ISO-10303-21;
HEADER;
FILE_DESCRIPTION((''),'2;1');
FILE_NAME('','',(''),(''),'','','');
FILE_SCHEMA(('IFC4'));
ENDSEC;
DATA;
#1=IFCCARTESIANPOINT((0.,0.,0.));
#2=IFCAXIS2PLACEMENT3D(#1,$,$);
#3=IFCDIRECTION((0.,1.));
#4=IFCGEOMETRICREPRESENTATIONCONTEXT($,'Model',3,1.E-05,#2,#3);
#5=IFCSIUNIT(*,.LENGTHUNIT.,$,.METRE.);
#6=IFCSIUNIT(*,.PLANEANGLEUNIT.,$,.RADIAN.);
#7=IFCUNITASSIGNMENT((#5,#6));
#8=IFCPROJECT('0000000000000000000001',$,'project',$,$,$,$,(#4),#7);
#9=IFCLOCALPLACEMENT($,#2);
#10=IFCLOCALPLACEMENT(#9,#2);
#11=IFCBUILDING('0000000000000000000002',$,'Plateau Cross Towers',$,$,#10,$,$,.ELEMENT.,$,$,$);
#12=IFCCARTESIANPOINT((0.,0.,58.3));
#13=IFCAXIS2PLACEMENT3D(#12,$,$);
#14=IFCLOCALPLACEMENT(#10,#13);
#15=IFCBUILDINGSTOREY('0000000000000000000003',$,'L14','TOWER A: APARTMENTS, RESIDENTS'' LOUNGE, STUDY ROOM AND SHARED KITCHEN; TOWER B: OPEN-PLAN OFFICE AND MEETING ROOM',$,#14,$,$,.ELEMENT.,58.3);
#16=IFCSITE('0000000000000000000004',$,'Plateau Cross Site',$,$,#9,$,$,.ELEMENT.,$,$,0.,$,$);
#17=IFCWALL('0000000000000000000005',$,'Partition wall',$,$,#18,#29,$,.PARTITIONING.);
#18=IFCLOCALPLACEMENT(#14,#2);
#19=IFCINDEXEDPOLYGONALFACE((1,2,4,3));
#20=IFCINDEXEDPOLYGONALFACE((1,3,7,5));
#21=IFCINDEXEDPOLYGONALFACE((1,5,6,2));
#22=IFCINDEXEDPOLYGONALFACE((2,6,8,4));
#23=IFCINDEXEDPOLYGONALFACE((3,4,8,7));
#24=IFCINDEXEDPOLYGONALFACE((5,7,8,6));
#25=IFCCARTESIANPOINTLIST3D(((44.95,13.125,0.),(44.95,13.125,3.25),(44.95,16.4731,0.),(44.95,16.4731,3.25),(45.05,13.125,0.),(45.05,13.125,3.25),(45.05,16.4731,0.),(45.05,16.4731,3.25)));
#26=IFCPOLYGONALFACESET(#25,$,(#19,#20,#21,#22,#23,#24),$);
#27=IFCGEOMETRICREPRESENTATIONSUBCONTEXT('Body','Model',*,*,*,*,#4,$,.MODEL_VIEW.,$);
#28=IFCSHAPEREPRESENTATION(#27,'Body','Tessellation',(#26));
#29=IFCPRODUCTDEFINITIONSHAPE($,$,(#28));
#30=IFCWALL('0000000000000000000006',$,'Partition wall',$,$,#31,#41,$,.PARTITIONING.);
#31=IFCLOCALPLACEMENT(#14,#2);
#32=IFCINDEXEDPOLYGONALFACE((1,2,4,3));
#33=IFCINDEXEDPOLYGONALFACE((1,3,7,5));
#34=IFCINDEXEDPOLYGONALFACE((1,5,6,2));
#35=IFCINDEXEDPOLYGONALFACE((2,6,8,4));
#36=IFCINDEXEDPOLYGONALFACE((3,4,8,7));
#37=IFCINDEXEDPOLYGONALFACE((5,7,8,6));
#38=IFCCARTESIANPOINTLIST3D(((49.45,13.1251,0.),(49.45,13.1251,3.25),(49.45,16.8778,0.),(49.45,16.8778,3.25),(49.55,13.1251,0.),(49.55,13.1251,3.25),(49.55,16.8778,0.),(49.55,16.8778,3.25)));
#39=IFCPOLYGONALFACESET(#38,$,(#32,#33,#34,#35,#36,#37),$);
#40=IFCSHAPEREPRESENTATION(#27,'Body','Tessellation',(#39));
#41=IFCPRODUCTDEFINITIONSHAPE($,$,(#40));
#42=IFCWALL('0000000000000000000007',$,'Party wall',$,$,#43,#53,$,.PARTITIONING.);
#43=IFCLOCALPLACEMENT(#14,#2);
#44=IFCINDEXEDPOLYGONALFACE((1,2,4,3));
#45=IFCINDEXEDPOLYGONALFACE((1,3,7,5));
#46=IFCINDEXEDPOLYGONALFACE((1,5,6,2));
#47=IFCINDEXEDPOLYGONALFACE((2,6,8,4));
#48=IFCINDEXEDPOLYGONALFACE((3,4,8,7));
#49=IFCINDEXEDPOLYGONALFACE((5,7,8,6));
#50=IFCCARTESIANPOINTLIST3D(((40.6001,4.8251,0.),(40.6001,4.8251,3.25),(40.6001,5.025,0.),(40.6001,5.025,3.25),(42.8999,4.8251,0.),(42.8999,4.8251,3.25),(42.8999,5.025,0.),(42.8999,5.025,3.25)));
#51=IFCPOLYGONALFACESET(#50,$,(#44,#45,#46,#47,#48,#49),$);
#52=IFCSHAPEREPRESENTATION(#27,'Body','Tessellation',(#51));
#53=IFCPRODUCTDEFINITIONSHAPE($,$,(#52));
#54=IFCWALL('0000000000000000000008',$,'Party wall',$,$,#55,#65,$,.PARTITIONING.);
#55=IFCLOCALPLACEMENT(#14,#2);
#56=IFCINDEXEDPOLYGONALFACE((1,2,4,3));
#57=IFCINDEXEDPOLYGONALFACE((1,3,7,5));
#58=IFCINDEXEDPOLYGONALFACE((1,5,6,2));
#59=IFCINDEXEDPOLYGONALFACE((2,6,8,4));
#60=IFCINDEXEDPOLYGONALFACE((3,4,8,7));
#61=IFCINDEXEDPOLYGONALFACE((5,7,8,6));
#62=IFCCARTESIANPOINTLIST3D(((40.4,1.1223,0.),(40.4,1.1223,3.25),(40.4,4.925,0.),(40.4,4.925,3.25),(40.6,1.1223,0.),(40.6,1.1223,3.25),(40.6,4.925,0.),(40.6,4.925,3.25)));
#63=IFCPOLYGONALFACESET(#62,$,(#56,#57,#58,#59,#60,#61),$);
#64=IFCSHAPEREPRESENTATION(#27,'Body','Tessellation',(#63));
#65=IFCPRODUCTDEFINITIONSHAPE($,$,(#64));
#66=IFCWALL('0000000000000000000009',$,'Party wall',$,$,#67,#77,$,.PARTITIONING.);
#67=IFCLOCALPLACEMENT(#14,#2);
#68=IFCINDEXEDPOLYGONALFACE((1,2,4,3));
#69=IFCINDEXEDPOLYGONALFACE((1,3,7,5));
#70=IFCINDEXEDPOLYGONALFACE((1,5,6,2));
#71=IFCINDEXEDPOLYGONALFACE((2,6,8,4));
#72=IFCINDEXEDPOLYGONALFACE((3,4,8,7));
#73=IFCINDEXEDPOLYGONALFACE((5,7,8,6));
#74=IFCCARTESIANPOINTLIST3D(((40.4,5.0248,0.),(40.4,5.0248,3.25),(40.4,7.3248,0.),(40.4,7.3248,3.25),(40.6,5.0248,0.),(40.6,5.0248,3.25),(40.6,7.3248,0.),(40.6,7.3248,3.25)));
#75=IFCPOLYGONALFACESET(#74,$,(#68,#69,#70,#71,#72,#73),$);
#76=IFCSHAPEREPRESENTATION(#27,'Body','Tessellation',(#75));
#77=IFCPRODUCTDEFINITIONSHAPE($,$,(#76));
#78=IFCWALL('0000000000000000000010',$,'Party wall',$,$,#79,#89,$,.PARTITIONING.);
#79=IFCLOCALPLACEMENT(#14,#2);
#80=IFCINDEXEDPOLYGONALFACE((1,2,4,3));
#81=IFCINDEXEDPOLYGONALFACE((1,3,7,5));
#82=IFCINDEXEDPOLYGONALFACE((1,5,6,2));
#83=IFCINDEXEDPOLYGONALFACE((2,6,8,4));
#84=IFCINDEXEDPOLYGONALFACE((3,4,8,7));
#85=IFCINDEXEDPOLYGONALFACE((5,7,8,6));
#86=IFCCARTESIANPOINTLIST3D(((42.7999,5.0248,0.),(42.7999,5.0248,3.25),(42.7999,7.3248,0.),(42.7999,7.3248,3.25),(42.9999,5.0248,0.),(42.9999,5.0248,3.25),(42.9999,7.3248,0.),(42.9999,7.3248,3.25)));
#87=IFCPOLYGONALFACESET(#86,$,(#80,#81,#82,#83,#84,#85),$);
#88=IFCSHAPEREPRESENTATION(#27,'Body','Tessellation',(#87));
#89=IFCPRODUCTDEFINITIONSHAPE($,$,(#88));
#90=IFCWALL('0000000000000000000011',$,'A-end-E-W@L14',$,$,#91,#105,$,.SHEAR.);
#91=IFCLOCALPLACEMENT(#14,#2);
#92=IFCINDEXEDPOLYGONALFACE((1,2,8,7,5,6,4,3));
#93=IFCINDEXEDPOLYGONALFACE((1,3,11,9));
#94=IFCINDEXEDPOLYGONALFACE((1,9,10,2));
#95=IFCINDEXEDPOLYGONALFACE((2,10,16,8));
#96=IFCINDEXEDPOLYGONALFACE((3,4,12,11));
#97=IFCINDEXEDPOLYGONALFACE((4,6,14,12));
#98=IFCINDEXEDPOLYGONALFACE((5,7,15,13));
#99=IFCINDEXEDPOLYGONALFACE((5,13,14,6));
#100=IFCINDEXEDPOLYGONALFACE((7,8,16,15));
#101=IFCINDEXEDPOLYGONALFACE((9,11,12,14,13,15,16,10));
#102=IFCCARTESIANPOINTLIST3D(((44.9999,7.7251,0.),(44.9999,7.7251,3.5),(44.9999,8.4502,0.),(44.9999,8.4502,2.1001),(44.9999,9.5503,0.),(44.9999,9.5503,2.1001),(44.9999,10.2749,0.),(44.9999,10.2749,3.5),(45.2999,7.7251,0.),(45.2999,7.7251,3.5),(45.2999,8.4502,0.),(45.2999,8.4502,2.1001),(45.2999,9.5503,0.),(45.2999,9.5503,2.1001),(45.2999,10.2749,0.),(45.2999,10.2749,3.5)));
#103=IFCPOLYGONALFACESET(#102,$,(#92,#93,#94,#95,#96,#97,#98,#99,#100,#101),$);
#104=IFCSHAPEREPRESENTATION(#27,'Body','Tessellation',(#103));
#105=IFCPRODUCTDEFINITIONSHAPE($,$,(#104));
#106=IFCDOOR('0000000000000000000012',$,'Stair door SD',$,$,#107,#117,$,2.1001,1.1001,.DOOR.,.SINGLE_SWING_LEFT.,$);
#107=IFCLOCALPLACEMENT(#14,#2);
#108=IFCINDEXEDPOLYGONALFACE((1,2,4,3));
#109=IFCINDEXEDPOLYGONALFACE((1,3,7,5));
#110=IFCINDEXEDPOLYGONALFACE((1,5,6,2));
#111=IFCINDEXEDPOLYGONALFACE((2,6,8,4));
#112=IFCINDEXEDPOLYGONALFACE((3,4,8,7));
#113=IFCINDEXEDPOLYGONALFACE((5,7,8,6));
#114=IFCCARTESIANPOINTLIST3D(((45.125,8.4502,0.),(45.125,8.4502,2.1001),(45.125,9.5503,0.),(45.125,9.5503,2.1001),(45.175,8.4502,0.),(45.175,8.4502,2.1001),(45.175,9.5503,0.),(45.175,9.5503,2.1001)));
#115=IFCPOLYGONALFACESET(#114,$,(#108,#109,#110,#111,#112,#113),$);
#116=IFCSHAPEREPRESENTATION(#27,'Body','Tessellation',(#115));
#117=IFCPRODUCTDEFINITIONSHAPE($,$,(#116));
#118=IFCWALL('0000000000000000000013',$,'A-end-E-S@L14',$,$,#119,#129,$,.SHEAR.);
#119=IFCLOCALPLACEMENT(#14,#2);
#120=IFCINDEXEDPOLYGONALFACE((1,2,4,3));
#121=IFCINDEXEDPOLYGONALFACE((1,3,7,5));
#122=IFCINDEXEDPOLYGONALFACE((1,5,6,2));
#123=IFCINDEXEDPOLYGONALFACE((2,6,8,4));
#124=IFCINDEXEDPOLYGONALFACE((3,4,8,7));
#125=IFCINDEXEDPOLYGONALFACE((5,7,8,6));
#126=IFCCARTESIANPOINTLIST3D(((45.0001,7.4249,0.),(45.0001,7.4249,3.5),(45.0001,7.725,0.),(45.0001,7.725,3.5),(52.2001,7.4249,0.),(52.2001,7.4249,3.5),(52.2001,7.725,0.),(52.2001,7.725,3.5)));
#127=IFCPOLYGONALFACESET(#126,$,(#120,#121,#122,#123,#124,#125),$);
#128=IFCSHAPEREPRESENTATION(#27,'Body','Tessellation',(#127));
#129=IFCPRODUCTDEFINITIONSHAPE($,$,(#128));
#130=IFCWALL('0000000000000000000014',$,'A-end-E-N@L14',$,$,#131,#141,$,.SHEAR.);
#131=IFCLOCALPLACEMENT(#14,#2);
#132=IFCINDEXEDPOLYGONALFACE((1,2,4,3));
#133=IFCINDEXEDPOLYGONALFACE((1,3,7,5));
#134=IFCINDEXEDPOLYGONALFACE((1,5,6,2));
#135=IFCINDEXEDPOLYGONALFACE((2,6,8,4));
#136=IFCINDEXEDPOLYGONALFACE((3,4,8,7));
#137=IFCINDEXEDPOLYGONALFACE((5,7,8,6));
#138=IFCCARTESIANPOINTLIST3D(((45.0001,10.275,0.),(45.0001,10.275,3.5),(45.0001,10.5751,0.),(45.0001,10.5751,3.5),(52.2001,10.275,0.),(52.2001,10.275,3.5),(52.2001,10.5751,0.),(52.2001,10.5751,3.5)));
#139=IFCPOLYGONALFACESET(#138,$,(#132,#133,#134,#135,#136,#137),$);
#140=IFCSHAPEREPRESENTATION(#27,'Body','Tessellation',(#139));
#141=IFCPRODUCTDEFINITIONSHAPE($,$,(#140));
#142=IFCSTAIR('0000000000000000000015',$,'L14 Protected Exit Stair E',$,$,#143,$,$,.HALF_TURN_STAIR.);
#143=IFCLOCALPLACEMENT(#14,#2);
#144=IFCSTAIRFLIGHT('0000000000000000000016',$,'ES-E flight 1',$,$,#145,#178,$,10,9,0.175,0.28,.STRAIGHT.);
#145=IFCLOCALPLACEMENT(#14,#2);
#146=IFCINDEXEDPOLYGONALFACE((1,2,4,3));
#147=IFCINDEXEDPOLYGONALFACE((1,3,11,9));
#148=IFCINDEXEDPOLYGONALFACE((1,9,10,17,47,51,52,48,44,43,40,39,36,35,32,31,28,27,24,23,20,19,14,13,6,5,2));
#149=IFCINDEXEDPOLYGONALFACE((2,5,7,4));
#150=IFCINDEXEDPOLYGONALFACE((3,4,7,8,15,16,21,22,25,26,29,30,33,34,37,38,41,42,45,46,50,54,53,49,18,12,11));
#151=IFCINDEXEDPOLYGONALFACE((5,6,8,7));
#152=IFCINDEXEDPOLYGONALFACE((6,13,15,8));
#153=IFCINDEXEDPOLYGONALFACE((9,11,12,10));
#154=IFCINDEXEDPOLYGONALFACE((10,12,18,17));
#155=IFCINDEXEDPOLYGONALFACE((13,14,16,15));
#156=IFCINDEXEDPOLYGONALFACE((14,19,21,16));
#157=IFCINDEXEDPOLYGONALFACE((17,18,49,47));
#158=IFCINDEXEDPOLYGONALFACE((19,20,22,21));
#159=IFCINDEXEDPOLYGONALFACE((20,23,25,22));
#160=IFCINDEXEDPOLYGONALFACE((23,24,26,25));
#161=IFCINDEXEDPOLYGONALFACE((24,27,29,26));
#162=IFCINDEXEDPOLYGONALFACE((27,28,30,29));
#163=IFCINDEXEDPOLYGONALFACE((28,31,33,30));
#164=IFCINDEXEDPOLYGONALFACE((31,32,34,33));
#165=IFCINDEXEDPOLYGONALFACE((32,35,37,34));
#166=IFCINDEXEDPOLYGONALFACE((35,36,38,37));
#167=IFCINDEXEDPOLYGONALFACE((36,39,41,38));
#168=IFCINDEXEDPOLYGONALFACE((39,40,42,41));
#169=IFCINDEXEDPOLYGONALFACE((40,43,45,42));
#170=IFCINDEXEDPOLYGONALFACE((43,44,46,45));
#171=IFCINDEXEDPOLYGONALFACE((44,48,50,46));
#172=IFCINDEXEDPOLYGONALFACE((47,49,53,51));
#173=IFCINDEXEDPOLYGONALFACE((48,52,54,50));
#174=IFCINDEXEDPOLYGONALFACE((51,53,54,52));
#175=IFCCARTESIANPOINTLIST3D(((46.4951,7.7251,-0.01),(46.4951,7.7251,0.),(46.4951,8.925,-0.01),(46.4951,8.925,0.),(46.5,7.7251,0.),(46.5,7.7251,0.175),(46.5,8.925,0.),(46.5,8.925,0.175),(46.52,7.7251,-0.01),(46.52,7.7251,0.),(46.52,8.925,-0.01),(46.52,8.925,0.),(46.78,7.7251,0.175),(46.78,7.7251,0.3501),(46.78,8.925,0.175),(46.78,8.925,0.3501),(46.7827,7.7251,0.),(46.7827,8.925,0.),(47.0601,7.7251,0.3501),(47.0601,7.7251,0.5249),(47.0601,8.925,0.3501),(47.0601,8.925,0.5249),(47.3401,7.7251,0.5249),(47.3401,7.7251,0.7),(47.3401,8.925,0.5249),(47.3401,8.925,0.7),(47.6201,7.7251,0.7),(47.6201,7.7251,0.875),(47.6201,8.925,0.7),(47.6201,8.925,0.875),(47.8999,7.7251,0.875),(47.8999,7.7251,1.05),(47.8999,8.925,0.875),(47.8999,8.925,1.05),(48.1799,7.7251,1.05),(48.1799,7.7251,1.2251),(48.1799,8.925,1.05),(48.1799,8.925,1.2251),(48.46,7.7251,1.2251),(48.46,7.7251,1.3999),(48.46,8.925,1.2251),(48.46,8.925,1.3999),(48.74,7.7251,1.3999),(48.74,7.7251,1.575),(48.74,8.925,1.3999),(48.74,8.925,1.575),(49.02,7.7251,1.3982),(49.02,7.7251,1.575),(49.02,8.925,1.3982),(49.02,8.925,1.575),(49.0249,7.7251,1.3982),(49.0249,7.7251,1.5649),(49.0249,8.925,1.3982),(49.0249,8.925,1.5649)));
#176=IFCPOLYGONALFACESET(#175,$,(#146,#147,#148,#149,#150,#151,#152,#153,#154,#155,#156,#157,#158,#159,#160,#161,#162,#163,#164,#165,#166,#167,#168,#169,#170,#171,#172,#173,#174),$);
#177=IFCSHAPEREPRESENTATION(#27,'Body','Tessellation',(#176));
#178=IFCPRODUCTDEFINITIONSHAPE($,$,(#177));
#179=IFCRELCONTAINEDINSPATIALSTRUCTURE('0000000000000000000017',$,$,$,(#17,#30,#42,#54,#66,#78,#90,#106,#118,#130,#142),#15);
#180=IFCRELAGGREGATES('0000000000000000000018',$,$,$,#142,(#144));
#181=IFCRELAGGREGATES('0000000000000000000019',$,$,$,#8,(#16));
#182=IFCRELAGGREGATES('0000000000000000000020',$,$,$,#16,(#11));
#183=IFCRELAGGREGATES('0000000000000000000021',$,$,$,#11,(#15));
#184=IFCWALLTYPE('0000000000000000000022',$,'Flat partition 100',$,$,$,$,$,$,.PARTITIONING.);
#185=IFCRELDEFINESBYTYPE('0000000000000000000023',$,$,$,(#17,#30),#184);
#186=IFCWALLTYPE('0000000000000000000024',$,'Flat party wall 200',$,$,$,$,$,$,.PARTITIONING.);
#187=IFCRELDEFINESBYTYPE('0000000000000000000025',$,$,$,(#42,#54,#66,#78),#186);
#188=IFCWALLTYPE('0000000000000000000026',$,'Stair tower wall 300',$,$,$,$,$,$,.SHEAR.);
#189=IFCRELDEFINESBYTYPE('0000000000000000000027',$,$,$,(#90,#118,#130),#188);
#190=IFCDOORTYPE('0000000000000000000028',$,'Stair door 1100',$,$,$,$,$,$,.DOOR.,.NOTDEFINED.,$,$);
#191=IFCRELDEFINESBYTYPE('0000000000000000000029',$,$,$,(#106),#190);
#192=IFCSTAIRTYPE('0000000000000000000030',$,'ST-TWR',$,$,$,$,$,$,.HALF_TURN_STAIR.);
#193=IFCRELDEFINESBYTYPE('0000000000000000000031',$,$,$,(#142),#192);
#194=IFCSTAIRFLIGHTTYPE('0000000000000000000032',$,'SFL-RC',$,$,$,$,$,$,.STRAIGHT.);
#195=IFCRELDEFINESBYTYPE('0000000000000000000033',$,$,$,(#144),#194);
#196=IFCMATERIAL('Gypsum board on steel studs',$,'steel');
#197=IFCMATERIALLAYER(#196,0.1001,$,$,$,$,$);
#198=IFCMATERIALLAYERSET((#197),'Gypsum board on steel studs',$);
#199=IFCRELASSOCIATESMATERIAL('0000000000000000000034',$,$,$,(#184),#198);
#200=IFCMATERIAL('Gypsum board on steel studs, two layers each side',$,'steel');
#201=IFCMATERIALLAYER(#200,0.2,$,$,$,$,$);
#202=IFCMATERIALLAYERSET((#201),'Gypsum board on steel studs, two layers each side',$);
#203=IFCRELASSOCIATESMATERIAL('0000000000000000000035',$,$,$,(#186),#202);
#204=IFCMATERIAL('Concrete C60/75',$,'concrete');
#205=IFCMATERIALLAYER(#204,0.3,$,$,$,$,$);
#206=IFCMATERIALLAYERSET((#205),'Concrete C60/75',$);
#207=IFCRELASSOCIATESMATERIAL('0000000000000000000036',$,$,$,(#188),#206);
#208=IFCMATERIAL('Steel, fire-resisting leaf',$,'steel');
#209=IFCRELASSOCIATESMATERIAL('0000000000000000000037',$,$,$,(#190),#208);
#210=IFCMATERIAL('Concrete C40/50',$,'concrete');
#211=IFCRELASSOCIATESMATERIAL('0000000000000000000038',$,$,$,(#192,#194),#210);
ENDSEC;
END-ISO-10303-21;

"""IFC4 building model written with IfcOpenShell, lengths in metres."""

from ifc_helpers import new_model, si_unit, direction, frame, frame_2d, origin, place, context, subcontext, project, spatial, polyline, rectangle, outline, extrude, material, layer, layer_set, type_object, element, fill, aggregate, save


model = new_model("IFC4")

# Units and contexts
model_context = context("Model", 3, precision=1e-05, world=origin(), true_north=direction((0.0, 1.0)))
body_context = subcontext(model_context, "Body", "Model", "MODEL_VIEW")
ifc_project = project(units=[si_unit("LENGTHUNIT", "METRE"), si_unit("PLANEANGLEUNIT", "RADIAN")], contexts=[model_context])

# Site, building, storey
site_placement = place(None, origin())
site = spatial("IfcSite", under=ifc_project, at=site_placement, Name="Plateau Cross Site", CompositionType="ELEMENT", RefElevation=0.0)
building_placement = place(site_placement, origin())
building = spatial("IfcBuilding", under=site, at=building_placement, Name="Plateau Cross Towers", CompositionType="ELEMENT")
storey_placement = place(building_placement, frame((0.0, 0.0, 58.3)))
storey = spatial("IfcBuildingStorey", under=building, at=storey_placement, Name="L14", Description="TOWER A: APARTMENTS, RESIDENTS' LOUNGE, STUDY ROOM AND SHARED KITCHEN; TOWER B: OPEN-PLAN OFFICE AND MEETING ROOM", CompositionType="ELEMENT", Elevation=58.3)

# Walls
ifc_material_1 = material(Name="Gypsum board on steel studs", Category="steel")
ifc_layer_1 = layer(ifc_material_1, 0.1001)
ifc_layer_set_1 = layer_set([ifc_layer_1], Name="Gypsum board on steel studs")
wall_type_1 = type_object("IfcWallType", Name="Flat partition 100", PredefinedType="PARTITIONING", material=ifc_layer_set_1)
wall_1_placement = place(storey_placement, frame((45.0, 13.125, 0.0), z_axis=(0.0, 0.0, 1.0), x_axis=(0.0, 1.0, 0.0)))
element("IfcWall", 1, at=wall_1_placement, inside=storey, type_object=wall_type_1, Name="Partition wall", PredefinedType="PARTITIONING", context=body_context, shape_type="SweptSolid", body=[
    extrude(rectangle(XDim=3.3481, YDim=0.1001, at=frame_2d((1.6741, 0.0))), origin(), (0.0, 0.0, 1.0), 3.25),
])
wall_2_placement = place(storey_placement, frame((49.5, 13.125, 0.0), z_axis=(0.0, 0.0, 1.0), x_axis=(0.0, 1.0, 0.0)))
element("IfcWall", 2, at=wall_2_placement, inside=storey, type_object=wall_type_1, Name="Partition wall", PredefinedType="PARTITIONING", context=body_context, shape_type="SweptSolid", body=[
    extrude(rectangle(XDim=3.7527, YDim=0.1001, at=frame_2d((1.8765, 0.0))), origin(), (0.0, 0.0, 1.0), 3.25),
])
ifc_material_2 = material(Name="Gypsum board on steel studs, two layers each side", Category="steel")
ifc_layer_2 = layer(ifc_material_2, 0.2)
ifc_layer_set_2 = layer_set([ifc_layer_2], Name="Gypsum board on steel studs, two layers each side")
wall_type_2 = type_object("IfcWallType", Name="Flat party wall 200", PredefinedType="PARTITIONING", material=ifc_layer_set_2)
wall_3_placement = place(storey_placement, frame((40.6001, 4.925, 0.0), z_axis=(0.0, 0.0, 1.0), x_axis=(1.0, 0.0, 0.0)))
element("IfcWall", 3, at=wall_3_placement, inside=storey, type_object=wall_type_2, Name="Party wall", PredefinedType="PARTITIONING", context=body_context, shape_type="SweptSolid", body=[
    extrude(rectangle(XDim=2.2998, YDim=0.2, at=frame_2d((1.1499, 0.0))), origin(), (0.0, 0.0, 1.0), 3.25),
])
wall_4_placement = place(storey_placement, frame((40.5, 4.925, 0.0), z_axis=(0.0, 0.0, 1.0), x_axis=(0.0, -1.0, 0.0)))
element("IfcWall", 4, at=wall_4_placement, inside=storey, type_object=wall_type_2, Name="Party wall", PredefinedType="PARTITIONING", context=body_context, shape_type="SweptSolid", body=[
    extrude(rectangle(XDim=3.8027, YDim=0.2, at=frame_2d((1.9014, 0.0))), origin(), (0.0, 0.0, 1.0), 3.25),
])
for number, where, z_axis, x_axis, name in (
    (5, (40.5, 5.0249, 0.0), (0.0, 0.0, 1.0), (0.0, 1.0, 0.0), "Party wall"),
    (6, (42.8999, 5.0249, 0.0), (0.0, 0.0, 1.0), (0.0, 1.0, 0.0), "Party wall"),
):
    element("IfcWall", number, at=place(storey_placement, frame(where, z_axis=z_axis, x_axis=x_axis)), inside=storey, type_object=wall_type_2, Name=name, PredefinedType="PARTITIONING", context=body_context, shape_type="SweptSolid", body=[
        extrude(rectangle(XDim=2.3, YDim=0.2, at=frame_2d((1.1499, 0.0))), origin(), (0.0, 0.0, 1.0), 3.25),
    ])

# Wall, opening, door
ifc_material_3 = material(Name="Concrete C60/75", Category="concrete")
ifc_layer_3 = layer(ifc_material_3, 0.3)
ifc_layer_set_3 = layer_set([ifc_layer_3], Name="Concrete C60/75")
wall_type_3 = type_object("IfcWallType", Name="Stair tower wall 300", PredefinedType="SHEAR", material=ifc_layer_set_3)
wall_5_placement = place(storey_placement, frame((45.1499, 7.7251, 0.0), z_axis=(0.0, 0.0, 1.0), x_axis=(0.0, 1.0, 0.0)))
wall_5 = element("IfcWall", 7, at=wall_5_placement, inside=storey, type_object=wall_type_3, Name="A-end-E-W@L14", PredefinedType="SHEAR", context=body_context, shape_type="SweptSolid", body=[
    extrude(rectangle(XDim=2.5498, YDim=0.3, at=frame_2d((1.2749, 0.0))), origin(), (0.0, 0.0, 1.0), 3.5),
])
opening_placement = place(wall_5_placement, frame((0.7251, 0.0, 0.0)))
opening = element("IfcOpeningElement", 8, at=opening_placement, cuts=wall_5, PredefinedType="OPENING", context=body_context, shape_type="SweptSolid", body=[
    extrude(rectangle(XDim=1.1001, YDim=2.1001, at=frame_2d((0.55, 1.05))), frame((0.0, 0.1599, 0.0), z_axis=(0.0, -1.0, 0.0), x_axis=(1.0, 0.0, 0.0)), (0.0, 0.0, 1.0), 0.3201),
])
ifc_material_4 = material(Name="Steel, fire-resisting leaf", Category="steel")
door_type = type_object("IfcDoorType", Name="Stair door 1100", OperationType="NOTDEFINED", PredefinedType="DOOR", material=ifc_material_4)
door_placement = place(opening_placement, origin())
door = element("IfcDoor", 9, at=door_placement, inside=storey, type_object=door_type, Name="Stair door SD", OperationType="SINGLE_SWING_LEFT", OverallHeight=2.1001, OverallWidth=1.1001, PredefinedType="DOOR", context=body_context, shape_type="SweptSolid", body=[
    extrude(rectangle(XDim=1.1001, YDim=2.1001, at=frame_2d((0.55, 1.05))), frame((0.0, 0.0249, 0.0), z_axis=(0.0, -1.0, 0.0), x_axis=(1.0, 0.0, 0.0)), (0.0, 0.0, 1.0), 0.05),
])
fill(opening, door)

# Walls
for number, where, z_axis, x_axis, name in (
    (10, (45.0, 7.575, 0.0), (0.0, 0.0, 1.0), (1.0, 0.0, 0.0), "A-end-E-S@L14"),
    (11, (45.0, 10.425, 0.0), (0.0, 0.0, 1.0), (1.0, 0.0, 0.0), "A-end-E-N@L14"),
):
    element("IfcWall", number, at=place(storey_placement, frame(where, z_axis=z_axis, x_axis=x_axis)), inside=storey, type_object=wall_type_3, Name=name, PredefinedType="SHEAR", context=body_context, shape_type="SweptSolid", body=[
        extrude(rectangle(XDim=7.2, YDim=0.3, at=frame_2d((3.6001, 0.0))), origin(), (0.0, 0.0, 1.0), 3.5),
    ])

# Stair, stair flight
ifc_material_5 = material(Name="Concrete C40/50", Category="concrete")
stair_type = type_object("IfcStairType", Name="ST-TWR", PredefinedType="HALF_TURN_STAIR", material=ifc_material_5)
stair_placement = place(storey_placement, origin())
stair = element("IfcStair", 12, at=stair_placement, inside=storey, type_object=stair_type, Name="L14 Protected Exit Stair E", PredefinedType="HALF_TURN_STAIR")
stair_flight_type = type_object("IfcStairFlightType", Name="SFL-RC", PredefinedType="STRAIGHT", material=ifc_material_5)
stair_flight_1_placement = place(storey_placement, frame((46.5, 8.325, 0.0), z_axis=(0.0, 0.0, 1.0), x_axis=(1.0, 0.0, 0.0)))
stair_flight_1 = element("IfcStairFlight", 13, at=stair_flight_1_placement, type_object=stair_flight_type, Name="ES-E flight 1", NumberOfRisers=10, NumberOfTreads=9, PredefinedType="STRAIGHT", RiserHeight=0.175, TreadLength=0.28, context=body_context, shape_type="SweptSolid", body=[
    extrude(outline(polyline([(-0.0049, -0.01), (-0.0049, 0.0), (0.0, 0.0), (0.0, 0.175), (0.28, 0.175), (0.28, 0.3501), (0.5601, 0.3501), (0.5601, 0.5249), (0.8401, 0.5249), (0.8401, 0.7), (1.1201, 0.7), (1.1201, 0.875), (1.3999, 0.875), (1.3999, 1.05), (1.6799, 1.05), (1.6799, 1.2251), (1.96, 1.2251), (1.96, 1.3999), (2.24, 1.3999), (2.24, 1.575), (2.52, 1.575), (2.5249, 1.5649), (2.5249, 1.3982), (2.52, 1.3982), (0.2827, 0.0), (0.02, 0.0), (0.02, -0.01), (-0.0049, -0.01)])), frame((0.0, 0.6001, 0.0), z_axis=(0.0, -1.0, 0.0), x_axis=(1.0, 0.0, 0.0)), (0.0, 0.0, 1.0), 1.2),
])
aggregate(stair, [stair_flight_1])

save(model, "model.ifc")
